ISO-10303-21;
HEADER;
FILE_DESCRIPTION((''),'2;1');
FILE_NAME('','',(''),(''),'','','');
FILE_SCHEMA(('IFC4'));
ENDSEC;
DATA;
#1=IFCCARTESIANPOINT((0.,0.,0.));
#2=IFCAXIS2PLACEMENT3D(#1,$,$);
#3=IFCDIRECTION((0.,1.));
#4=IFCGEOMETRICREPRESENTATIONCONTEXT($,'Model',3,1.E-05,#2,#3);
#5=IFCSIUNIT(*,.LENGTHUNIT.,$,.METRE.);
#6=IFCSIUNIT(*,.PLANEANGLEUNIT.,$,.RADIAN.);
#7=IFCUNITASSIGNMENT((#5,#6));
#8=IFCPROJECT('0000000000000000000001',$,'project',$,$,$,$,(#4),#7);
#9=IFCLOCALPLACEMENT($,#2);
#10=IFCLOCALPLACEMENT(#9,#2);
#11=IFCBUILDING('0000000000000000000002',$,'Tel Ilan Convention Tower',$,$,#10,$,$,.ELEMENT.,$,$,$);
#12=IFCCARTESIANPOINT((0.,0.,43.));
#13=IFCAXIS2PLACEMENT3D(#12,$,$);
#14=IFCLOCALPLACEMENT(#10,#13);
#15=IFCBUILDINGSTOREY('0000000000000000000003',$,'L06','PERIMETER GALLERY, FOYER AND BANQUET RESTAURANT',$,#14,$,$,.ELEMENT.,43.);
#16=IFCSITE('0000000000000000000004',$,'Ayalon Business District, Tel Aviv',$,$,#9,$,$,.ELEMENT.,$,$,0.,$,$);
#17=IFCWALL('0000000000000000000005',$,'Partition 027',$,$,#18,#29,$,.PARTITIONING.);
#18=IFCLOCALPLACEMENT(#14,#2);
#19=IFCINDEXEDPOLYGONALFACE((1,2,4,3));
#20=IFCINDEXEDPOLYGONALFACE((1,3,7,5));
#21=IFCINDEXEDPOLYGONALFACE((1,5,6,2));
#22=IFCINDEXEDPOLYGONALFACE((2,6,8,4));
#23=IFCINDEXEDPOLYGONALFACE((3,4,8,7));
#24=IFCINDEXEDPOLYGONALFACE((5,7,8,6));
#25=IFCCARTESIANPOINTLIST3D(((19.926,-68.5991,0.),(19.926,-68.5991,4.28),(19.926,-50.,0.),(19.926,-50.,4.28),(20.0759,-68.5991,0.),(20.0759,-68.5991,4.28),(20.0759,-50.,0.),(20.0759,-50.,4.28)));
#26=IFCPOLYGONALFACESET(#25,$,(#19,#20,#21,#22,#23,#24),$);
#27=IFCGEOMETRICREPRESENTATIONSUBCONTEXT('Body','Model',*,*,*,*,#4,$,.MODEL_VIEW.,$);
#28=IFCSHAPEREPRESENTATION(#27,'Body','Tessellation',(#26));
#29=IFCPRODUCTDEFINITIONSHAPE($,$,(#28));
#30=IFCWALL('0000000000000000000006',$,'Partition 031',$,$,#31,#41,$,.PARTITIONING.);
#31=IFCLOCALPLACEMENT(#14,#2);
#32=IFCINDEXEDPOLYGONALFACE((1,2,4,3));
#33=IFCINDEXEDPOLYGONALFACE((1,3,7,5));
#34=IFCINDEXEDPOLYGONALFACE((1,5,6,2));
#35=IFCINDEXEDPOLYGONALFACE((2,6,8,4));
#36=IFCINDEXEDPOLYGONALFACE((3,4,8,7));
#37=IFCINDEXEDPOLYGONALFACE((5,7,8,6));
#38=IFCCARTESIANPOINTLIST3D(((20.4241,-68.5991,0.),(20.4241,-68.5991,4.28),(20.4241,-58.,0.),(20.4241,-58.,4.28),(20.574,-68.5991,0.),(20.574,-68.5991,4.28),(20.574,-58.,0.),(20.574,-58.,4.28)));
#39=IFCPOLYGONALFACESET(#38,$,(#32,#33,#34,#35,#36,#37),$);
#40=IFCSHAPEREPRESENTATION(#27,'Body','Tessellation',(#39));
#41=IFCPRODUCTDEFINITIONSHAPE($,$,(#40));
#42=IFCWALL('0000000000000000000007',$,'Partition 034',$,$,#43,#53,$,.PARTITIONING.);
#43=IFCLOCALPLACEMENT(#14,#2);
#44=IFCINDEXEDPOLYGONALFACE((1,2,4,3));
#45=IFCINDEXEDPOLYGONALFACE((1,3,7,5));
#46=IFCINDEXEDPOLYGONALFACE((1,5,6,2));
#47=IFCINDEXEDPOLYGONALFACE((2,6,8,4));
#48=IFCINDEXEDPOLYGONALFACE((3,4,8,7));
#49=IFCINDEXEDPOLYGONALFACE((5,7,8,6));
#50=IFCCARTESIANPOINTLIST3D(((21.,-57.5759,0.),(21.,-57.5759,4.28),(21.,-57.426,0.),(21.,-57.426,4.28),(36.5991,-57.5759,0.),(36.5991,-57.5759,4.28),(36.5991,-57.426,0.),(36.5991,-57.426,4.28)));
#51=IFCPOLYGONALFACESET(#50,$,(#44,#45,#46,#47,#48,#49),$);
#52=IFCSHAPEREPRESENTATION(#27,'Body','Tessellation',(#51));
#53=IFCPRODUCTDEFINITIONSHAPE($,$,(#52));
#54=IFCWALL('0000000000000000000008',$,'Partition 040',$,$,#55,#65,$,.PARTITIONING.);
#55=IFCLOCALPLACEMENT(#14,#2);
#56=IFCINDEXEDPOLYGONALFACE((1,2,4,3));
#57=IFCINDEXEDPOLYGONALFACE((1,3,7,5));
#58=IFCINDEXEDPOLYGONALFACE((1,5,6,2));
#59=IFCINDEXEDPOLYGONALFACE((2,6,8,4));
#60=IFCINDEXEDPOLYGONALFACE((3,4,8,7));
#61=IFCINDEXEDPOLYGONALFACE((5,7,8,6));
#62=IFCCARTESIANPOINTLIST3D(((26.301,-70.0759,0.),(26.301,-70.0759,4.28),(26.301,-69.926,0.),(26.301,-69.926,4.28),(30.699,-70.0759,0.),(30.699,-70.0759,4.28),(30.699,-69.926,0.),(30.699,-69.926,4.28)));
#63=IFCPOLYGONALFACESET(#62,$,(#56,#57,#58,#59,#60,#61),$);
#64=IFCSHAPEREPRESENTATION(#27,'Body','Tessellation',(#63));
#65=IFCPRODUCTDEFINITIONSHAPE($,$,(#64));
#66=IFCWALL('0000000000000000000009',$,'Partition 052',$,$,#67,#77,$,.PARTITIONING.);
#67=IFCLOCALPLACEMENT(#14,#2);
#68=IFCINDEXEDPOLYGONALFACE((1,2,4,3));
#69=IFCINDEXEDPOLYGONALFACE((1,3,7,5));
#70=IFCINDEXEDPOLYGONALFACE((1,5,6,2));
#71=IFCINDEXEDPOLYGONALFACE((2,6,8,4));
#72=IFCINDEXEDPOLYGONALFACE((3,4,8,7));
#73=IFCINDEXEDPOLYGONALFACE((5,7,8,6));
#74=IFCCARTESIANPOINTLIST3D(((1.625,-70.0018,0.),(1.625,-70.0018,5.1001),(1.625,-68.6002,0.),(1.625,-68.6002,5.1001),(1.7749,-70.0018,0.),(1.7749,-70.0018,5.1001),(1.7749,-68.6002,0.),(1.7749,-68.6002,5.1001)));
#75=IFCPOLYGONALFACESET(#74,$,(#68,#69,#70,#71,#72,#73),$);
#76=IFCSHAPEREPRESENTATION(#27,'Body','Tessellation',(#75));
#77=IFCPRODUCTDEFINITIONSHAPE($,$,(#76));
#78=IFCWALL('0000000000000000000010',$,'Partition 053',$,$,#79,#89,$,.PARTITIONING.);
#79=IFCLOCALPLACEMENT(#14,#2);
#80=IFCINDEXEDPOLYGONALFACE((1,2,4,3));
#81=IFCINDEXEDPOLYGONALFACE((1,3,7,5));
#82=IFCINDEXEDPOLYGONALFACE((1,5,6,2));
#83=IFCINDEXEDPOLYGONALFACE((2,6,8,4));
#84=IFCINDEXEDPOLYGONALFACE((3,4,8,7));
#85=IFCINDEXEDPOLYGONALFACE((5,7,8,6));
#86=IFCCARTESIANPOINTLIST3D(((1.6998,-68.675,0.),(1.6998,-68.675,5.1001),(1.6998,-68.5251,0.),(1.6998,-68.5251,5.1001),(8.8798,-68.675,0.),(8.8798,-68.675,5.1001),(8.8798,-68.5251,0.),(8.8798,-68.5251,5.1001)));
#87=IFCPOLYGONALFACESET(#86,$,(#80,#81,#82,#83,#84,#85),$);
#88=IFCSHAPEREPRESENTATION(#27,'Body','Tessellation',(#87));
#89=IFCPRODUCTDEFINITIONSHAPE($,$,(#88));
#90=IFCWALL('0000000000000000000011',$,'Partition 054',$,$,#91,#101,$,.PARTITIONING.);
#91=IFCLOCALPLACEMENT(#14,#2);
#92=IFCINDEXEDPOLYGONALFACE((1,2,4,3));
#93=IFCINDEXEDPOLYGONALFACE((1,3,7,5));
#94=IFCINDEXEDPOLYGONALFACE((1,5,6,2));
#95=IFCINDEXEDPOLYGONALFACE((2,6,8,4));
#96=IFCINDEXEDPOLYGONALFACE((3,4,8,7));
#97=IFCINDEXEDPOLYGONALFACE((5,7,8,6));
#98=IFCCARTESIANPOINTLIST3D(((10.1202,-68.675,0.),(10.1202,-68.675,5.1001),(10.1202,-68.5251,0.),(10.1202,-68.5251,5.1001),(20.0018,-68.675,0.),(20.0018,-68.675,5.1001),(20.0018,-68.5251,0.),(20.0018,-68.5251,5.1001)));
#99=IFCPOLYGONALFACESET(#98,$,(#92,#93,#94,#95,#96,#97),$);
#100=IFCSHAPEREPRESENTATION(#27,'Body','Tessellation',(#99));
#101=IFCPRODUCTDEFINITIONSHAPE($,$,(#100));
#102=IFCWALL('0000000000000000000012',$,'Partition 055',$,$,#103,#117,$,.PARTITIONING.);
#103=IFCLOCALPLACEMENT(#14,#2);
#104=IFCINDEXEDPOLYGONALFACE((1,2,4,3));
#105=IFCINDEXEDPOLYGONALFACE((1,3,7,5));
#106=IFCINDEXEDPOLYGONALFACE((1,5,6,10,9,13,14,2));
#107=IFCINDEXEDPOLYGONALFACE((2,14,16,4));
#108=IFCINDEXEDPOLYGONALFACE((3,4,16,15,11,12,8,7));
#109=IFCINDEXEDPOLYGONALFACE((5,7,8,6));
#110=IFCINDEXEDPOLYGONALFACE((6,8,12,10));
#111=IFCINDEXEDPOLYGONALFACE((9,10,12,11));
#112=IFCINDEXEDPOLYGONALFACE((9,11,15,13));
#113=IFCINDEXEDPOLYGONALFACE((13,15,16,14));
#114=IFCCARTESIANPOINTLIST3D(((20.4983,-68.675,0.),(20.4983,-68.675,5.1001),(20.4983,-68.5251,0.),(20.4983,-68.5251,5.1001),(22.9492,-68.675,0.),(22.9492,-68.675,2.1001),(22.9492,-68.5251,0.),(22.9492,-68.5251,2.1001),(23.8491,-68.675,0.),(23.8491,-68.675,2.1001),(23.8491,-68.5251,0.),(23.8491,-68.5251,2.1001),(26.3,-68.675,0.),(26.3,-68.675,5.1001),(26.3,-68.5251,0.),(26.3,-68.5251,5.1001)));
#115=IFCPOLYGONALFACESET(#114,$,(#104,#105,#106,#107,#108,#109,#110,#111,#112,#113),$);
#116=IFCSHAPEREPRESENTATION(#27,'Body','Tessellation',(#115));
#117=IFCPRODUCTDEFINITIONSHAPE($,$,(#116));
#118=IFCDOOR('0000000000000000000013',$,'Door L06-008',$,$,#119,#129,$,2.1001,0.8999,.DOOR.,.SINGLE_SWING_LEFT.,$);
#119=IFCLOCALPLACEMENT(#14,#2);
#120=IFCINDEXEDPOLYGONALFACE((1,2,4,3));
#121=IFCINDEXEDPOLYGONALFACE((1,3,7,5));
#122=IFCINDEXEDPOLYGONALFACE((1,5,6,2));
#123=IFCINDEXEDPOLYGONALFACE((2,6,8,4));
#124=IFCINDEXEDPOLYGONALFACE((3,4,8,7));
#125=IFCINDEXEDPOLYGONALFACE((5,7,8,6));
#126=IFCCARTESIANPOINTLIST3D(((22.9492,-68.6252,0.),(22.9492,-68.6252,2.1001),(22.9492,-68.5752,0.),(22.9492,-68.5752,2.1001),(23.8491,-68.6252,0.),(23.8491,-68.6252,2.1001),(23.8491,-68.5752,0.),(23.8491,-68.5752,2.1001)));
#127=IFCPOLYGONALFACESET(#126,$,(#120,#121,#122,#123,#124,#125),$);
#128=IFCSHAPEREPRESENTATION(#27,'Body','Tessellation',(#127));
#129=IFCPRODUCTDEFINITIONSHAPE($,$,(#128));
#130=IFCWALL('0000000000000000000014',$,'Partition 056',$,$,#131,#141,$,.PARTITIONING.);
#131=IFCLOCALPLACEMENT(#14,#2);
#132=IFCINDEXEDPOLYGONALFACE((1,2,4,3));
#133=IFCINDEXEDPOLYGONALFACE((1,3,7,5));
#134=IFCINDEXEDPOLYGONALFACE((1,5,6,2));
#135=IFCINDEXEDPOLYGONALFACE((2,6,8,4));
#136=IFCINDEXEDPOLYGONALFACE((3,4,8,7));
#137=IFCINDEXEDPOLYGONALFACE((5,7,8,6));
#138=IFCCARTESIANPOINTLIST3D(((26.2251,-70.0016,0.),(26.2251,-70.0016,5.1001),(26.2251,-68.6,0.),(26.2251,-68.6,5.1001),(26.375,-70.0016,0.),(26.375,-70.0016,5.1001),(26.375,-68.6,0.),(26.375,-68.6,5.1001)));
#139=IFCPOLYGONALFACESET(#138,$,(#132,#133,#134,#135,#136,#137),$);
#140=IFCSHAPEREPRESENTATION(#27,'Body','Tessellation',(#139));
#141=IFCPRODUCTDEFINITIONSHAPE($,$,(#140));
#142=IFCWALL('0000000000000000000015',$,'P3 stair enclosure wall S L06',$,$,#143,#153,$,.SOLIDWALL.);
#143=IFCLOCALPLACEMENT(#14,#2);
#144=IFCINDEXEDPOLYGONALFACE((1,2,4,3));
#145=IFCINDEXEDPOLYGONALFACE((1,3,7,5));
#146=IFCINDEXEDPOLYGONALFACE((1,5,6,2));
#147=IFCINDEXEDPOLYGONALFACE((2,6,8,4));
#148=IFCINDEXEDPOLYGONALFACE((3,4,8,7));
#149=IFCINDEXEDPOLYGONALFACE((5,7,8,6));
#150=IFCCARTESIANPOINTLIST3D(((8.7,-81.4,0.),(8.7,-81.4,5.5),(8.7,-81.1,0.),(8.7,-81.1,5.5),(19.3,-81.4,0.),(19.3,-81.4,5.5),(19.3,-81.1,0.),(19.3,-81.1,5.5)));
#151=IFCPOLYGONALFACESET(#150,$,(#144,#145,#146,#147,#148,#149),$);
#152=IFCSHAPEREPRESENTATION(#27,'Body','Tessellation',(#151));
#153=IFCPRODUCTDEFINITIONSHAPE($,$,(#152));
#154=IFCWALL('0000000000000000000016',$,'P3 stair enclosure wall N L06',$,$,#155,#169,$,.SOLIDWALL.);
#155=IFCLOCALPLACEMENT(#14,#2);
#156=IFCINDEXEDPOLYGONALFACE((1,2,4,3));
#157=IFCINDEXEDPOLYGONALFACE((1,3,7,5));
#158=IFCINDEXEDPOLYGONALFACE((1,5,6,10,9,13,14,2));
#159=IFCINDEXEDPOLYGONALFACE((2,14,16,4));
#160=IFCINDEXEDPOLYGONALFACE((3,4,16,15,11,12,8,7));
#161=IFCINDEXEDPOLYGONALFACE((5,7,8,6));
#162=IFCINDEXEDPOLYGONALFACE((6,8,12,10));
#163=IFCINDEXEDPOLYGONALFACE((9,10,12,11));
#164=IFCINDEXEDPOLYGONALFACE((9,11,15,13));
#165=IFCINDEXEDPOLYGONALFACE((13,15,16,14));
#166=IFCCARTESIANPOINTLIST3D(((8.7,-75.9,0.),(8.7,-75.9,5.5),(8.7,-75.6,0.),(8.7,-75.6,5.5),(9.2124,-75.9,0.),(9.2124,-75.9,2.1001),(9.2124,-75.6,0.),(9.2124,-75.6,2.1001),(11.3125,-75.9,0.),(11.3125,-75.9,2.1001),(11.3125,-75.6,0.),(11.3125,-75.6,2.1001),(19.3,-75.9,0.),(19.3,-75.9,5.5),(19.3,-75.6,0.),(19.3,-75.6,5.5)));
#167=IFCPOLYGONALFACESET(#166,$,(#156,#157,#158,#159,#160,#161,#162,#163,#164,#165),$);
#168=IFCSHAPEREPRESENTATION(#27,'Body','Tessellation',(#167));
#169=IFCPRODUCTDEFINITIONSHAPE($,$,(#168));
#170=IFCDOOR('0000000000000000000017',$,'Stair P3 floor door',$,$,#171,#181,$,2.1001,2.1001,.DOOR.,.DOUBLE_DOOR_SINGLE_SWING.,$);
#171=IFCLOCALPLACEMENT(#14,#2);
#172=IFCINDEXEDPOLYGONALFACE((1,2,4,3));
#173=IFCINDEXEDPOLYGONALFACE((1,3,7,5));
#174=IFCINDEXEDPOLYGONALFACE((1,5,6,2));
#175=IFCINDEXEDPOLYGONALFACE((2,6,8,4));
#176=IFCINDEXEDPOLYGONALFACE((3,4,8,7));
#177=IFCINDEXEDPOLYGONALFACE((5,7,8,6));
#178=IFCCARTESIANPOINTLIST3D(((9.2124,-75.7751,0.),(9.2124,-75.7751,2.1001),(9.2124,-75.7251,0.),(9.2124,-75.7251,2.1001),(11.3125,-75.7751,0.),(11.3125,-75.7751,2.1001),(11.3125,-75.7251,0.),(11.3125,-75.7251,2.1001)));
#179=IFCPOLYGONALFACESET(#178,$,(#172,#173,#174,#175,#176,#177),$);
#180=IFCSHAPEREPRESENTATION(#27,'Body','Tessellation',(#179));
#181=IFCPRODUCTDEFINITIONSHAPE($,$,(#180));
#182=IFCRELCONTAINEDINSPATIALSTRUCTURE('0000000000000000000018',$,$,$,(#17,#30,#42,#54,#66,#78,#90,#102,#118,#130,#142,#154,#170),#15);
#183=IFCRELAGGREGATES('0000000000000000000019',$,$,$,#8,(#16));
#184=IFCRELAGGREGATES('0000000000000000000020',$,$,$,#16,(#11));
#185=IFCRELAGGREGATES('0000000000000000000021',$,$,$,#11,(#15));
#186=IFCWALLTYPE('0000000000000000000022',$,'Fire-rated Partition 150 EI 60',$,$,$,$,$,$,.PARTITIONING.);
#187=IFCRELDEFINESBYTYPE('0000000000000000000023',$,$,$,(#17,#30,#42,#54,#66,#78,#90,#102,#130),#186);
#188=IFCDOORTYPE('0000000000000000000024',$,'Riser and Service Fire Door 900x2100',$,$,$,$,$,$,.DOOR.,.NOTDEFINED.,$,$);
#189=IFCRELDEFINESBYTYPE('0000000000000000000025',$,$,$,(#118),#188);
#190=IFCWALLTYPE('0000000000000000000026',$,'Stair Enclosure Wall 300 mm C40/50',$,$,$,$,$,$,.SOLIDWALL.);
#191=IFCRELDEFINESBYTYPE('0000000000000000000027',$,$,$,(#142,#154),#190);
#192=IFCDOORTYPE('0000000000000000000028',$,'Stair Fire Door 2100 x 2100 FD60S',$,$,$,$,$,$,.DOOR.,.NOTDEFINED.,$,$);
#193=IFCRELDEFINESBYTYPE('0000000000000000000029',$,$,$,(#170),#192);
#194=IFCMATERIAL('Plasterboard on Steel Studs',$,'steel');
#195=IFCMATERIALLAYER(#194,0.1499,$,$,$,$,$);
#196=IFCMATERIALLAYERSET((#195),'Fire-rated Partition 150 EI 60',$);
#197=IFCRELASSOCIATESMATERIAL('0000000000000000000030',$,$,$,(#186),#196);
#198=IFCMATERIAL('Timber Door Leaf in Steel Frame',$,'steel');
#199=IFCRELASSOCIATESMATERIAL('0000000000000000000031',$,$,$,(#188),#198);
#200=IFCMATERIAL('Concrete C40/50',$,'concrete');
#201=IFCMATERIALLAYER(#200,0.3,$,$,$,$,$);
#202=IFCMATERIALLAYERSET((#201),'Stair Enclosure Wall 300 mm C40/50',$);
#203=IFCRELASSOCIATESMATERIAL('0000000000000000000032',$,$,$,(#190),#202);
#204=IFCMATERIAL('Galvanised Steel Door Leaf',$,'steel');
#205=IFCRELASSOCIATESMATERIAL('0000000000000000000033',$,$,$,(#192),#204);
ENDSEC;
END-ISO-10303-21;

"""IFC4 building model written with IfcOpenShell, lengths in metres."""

from ifc_helpers import new_model, si_unit, direction, frame, frame_2d, origin, place, context, subcontext, project, spatial, rectangle, extrude, material, layer, layer_set, type_object, element, fill, save


model = new_model("IFC4")

# Units and contexts
model_context = context("Model", 3, precision=1e-05, world=origin(), true_north=direction((0.0, 1.0)))
body_context = subcontext(model_context, "Body", "Model", "MODEL_VIEW")
ifc_project = project(units=[si_unit("LENGTHUNIT", "METRE"), si_unit("PLANEANGLEUNIT", "RADIAN")], contexts=[model_context])

# Site, building, storey
site_placement = place(None, origin())
site = spatial("IfcSite", under=ifc_project, at=site_placement, Name="Ayalon Business District, Tel Aviv", CompositionType="ELEMENT", RefElevation=0.0)
building_placement = place(site_placement, origin())
building = spatial("IfcBuilding", under=site, at=building_placement, Name="Tel Ilan Convention Tower", CompositionType="ELEMENT")
storey_placement = place(building_placement, frame((0.0, 0.0, 43.0)))
storey = spatial("IfcBuildingStorey", under=building, at=storey_placement, Name="L06", Description="PERIMETER GALLERY, FOYER AND BANQUET RESTAURANT", CompositionType="ELEMENT", Elevation=43.0)

# Walls
ifc_material_1 = material(Name="Plasterboard on Steel Studs", Category="steel")
ifc_layer_1 = layer(ifc_material_1, 0.1499)
ifc_layer_set_1 = layer_set([ifc_layer_1], Name="Fire-rated Partition 150 EI 60")
wall_type_1 = type_object("IfcWallType", Name="Fire-rated Partition 150 EI 60", PredefinedType="PARTITIONING", material=ifc_layer_set_1)
wall_1_placement = place(storey_placement, frame((20.001, -68.5991, 0.0), z_axis=(0.0, 0.0, 1.0), x_axis=(0.0, 1.0, 0.0)))
element("IfcWall", 1, at=wall_1_placement, inside=storey, type_object=wall_type_1, Name="Partition 027", PredefinedType="PARTITIONING", context=body_context, shape_type="SweptSolid", body=[
    extrude(rectangle(XDim=18.5991, YDim=0.1499, at=frame_2d((9.2996, 0.0))), origin(), (0.0, 0.0, 1.0), 4.28),
])
wall_2_placement = place(storey_placement, frame((20.499, -58.0, 0.0), z_axis=(0.0, 0.0, 1.0), x_axis=(0.0, -1.0, 0.0)))
element("IfcWall", 2, at=wall_2_placement, inside=storey, type_object=wall_type_1, Name="Partition 031", PredefinedType="PARTITIONING", context=body_context, shape_type="SweptSolid", body=[
    extrude(rectangle(XDim=10.5991, YDim=0.1499, at=frame_2d((5.2996, 0.0))), origin(), (0.0, 0.0, 1.0), 4.28),
])
wall_3_placement = place(storey_placement, frame((21.0, -57.501, 0.0), z_axis=(0.0, 0.0, 1.0), x_axis=(1.0, 0.0, 0.0)))
element("IfcWall", 3, at=wall_3_placement, inside=storey, type_object=wall_type_1, Name="Partition 034", PredefinedType="PARTITIONING", context=body_context, shape_type="SweptSolid", body=[
    extrude(rectangle(XDim=15.5991, YDim=0.1499, at=frame_2d((7.7996, 0.0))), origin(), (0.0, 0.0, 1.0), 4.28),
])
wall_4_placement = place(storey_placement, frame((26.301, -70.001, 0.0), z_axis=(0.0, 0.0, 1.0), x_axis=(1.0, 0.0, 0.0)))
element("IfcWall", 4, at=wall_4_placement, inside=storey, type_object=wall_type_1, Name="Partition 040", PredefinedType="PARTITIONING", context=body_context, shape_type="SweptSolid", body=[
    extrude(rectangle(XDim=4.3979, YDim=0.1499, at=frame_2d((2.199, 0.0))), origin(), (0.0, 0.0, 1.0), 4.28),
])
wall_5_placement = place(storey_placement, frame((1.7, -70.0017, 0.0), z_axis=(0.0, 0.0, 1.0), x_axis=(0.0, 1.0, 0.0)))
element("IfcWall", 5, at=wall_5_placement, inside=storey, type_object=wall_type_1, Name="Partition 052", PredefinedType="PARTITIONING", context=body_context, shape_type="SweptSolid", body=[
    extrude(rectangle(XDim=1.4016, YDim=0.1499, at=frame_2d((0.7007, 0.0))), origin(), (0.0, 0.0, 1.0), 5.1001),
])
wall_6_placement = place(storey_placement, frame((1.7, -68.6001, 0.0), z_axis=(0.0, 0.0, 1.0), x_axis=(1.0, 0.0, 0.0)))
element("IfcWall", 6, at=wall_6_placement, inside=storey, type_object=wall_type_1, Name="Partition 053", PredefinedType="PARTITIONING", context=body_context, shape_type="SweptSolid", body=[
    extrude(rectangle(XDim=7.1799, YDim=0.1499, at=frame_2d((3.5898, 0.0))), origin(), (0.0, 0.0, 1.0), 5.1001),
])
wall_7_placement = place(storey_placement, frame((10.1201, -68.6001, 0.0), z_axis=(0.0, 0.0, 1.0), x_axis=(1.0, 0.0, 0.0)))
element("IfcWall", 7, at=wall_7_placement, inside=storey, type_object=wall_type_1, Name="Partition 054", PredefinedType="PARTITIONING", context=body_context, shape_type="SweptSolid", body=[
    extrude(rectangle(XDim=9.8816, YDim=0.1499, at=frame_2d((4.9409, 0.0))), origin(), (0.0, 0.0, 1.0), 5.1001),
])

# Wall, opening, door
wall_8_placement = place(storey_placement, frame((20.4983, -68.6001, 0.0), z_axis=(0.0, 0.0, 1.0), x_axis=(1.0, 0.0, 0.0)))
wall_8 = element("IfcWall", 8, at=wall_8_placement, inside=storey, type_object=wall_type_1, Name="Partition 055", PredefinedType="PARTITIONING", context=body_context, shape_type="SweptSolid", body=[
    extrude(rectangle(XDim=5.8018, YDim=0.1499, at=frame_2d((2.9009, 0.0))), origin(), (0.0, 0.0, 1.0), 5.1001),
])
opening_1_placement = place(wall_8_placement, frame((2.4509, 0.0, 0.0)))
opening_1 = element("IfcOpeningElement", 9, at=opening_1_placement, cuts=wall_8, PredefinedType="OPENING", context=body_context, shape_type="SweptSolid", body=[
    extrude(rectangle(XDim=0.8999, YDim=2.1001, at=frame_2d((0.45, 1.05))), frame((0.0, 0.085, 0.0), z_axis=(0.0, -1.0, 0.0), x_axis=(1.0, 0.0, 0.0)), (0.0, 0.0, 1.0), 0.1699),
])
ifc_material_2 = material(Name="Timber Door Leaf in Steel Frame", Category="steel")
door_type_1 = type_object("IfcDoorType", Name="Riser and Service Fire Door 900x2100", OperationType="NOTDEFINED", PredefinedType="DOOR", material=ifc_material_2)
door_1_placement = place(opening_1_placement, origin())
door_1 = element("IfcDoor", 10, at=door_1_placement, inside=storey, type_object=door_type_1, Name="Door L06-008", OperationType="SINGLE_SWING_LEFT", OverallHeight=2.1001, OverallWidth=0.8999, PredefinedType="DOOR", context=body_context, shape_type="SweptSolid", body=[
    extrude(rectangle(XDim=0.8999, YDim=2.1001, at=frame_2d((0.45, 1.05))), frame((0.0, 0.0249, 0.0), z_axis=(0.0, -1.0, 0.0), x_axis=(1.0, 0.0, 0.0)), (0.0, 0.0, 1.0), 0.05),
])
fill(opening_1, door_1)

# Walls
wall_9_placement = place(storey_placement, frame((26.3, -68.6001, 0.0), z_axis=(0.0, 0.0, 1.0), x_axis=(0.0, -1.0, 0.0)))
element("IfcWall", 11, at=wall_9_placement, inside=storey, type_object=wall_type_1, Name="Partition 056", PredefinedType="PARTITIONING", context=body_context, shape_type="SweptSolid", body=[
    extrude(rectangle(XDim=1.4016, YDim=0.1499, at=frame_2d((0.7007, 0.0))), origin(), (0.0, 0.0, 1.0), 5.1001),
])
ifc_material_3 = material(Name="Concrete C40/50", Category="concrete")
ifc_layer_2 = layer(ifc_material_3, 0.3)
ifc_layer_set_2 = layer_set([ifc_layer_2], Name="Stair Enclosure Wall 300 mm C40/50")
wall_type_2 = type_object("IfcWallType", Name="Stair Enclosure Wall 300 mm C40/50", PredefinedType="SOLIDWALL", material=ifc_layer_set_2)
wall_10_placement = place(storey_placement, frame((8.7, -81.25, 0.0), z_axis=(0.0, 0.0, 1.0), x_axis=(1.0, 0.0, 0.0)))
element("IfcWall", 12, at=wall_10_placement, inside=storey, type_object=wall_type_2, Name="P3 stair enclosure wall S L06", PredefinedType="SOLIDWALL", context=body_context, shape_type="SweptSolid", body=[
    extrude(rectangle(XDim=10.6001, YDim=0.3, at=frame_2d((5.3, 0.0))), origin(), (0.0, 0.0, 1.0), 5.5),
])

# Wall, opening, door
wall_11_placement = place(storey_placement, frame((8.7, -75.75, 0.0), z_axis=(0.0, 0.0, 1.0), x_axis=(1.0, 0.0, 0.0)))
wall_11 = element("IfcWall", 13, at=wall_11_placement, inside=storey, type_object=wall_type_2, Name="P3 stair enclosure wall N L06", PredefinedType="SOLIDWALL", context=body_context, shape_type="SweptSolid", body=[
    extrude(rectangle(XDim=10.6001, YDim=0.3, at=frame_2d((5.3, 0.0))), origin(), (0.0, 0.0, 1.0), 5.5),
])
opening_2_placement = place(wall_11_placement, frame((0.5125, 0.0, 0.0)))
opening_2 = element("IfcOpeningElement", 14, at=opening_2_placement, cuts=wall_11, PredefinedType="OPENING", context=body_context, shape_type="SweptSolid", body=[
    extrude(rectangle(XDim=2.1001, YDim=2.1001, at=frame_2d((1.05, 1.05))), frame((0.0, 0.1599, 0.0), z_axis=(0.0, -1.0, 0.0), x_axis=(1.0, 0.0, 0.0)), (0.0, 0.0, 1.0), 0.3201),
])
ifc_material_4 = material(Name="Galvanised Steel Door Leaf", Category="steel")
door_type_2 = type_object("IfcDoorType", Name="Stair Fire Door 2100 x 2100 FD60S", OperationType="NOTDEFINED", PredefinedType="DOOR", material=ifc_material_4)
door_2_placement = place(opening_2_placement, origin())
door_2 = element("IfcDoor", 15, at=door_2_placement, inside=storey, type_object=door_type_2, Name="Stair P3 floor door", OperationType="DOUBLE_DOOR_SINGLE_SWING", OverallHeight=2.1001, OverallWidth=2.1001, PredefinedType="DOOR", context=body_context, shape_type="SweptSolid", body=[
    extrude(rectangle(XDim=2.1001, YDim=2.1001, at=frame_2d((1.05, 1.05))), frame((0.0, 0.0249, 0.0), z_axis=(0.0, -1.0, 0.0), x_axis=(1.0, 0.0, 0.0)), (0.0, 0.0, 1.0), 0.05),
])
fill(opening_2, door_2)

save(model, "model.ifc")
